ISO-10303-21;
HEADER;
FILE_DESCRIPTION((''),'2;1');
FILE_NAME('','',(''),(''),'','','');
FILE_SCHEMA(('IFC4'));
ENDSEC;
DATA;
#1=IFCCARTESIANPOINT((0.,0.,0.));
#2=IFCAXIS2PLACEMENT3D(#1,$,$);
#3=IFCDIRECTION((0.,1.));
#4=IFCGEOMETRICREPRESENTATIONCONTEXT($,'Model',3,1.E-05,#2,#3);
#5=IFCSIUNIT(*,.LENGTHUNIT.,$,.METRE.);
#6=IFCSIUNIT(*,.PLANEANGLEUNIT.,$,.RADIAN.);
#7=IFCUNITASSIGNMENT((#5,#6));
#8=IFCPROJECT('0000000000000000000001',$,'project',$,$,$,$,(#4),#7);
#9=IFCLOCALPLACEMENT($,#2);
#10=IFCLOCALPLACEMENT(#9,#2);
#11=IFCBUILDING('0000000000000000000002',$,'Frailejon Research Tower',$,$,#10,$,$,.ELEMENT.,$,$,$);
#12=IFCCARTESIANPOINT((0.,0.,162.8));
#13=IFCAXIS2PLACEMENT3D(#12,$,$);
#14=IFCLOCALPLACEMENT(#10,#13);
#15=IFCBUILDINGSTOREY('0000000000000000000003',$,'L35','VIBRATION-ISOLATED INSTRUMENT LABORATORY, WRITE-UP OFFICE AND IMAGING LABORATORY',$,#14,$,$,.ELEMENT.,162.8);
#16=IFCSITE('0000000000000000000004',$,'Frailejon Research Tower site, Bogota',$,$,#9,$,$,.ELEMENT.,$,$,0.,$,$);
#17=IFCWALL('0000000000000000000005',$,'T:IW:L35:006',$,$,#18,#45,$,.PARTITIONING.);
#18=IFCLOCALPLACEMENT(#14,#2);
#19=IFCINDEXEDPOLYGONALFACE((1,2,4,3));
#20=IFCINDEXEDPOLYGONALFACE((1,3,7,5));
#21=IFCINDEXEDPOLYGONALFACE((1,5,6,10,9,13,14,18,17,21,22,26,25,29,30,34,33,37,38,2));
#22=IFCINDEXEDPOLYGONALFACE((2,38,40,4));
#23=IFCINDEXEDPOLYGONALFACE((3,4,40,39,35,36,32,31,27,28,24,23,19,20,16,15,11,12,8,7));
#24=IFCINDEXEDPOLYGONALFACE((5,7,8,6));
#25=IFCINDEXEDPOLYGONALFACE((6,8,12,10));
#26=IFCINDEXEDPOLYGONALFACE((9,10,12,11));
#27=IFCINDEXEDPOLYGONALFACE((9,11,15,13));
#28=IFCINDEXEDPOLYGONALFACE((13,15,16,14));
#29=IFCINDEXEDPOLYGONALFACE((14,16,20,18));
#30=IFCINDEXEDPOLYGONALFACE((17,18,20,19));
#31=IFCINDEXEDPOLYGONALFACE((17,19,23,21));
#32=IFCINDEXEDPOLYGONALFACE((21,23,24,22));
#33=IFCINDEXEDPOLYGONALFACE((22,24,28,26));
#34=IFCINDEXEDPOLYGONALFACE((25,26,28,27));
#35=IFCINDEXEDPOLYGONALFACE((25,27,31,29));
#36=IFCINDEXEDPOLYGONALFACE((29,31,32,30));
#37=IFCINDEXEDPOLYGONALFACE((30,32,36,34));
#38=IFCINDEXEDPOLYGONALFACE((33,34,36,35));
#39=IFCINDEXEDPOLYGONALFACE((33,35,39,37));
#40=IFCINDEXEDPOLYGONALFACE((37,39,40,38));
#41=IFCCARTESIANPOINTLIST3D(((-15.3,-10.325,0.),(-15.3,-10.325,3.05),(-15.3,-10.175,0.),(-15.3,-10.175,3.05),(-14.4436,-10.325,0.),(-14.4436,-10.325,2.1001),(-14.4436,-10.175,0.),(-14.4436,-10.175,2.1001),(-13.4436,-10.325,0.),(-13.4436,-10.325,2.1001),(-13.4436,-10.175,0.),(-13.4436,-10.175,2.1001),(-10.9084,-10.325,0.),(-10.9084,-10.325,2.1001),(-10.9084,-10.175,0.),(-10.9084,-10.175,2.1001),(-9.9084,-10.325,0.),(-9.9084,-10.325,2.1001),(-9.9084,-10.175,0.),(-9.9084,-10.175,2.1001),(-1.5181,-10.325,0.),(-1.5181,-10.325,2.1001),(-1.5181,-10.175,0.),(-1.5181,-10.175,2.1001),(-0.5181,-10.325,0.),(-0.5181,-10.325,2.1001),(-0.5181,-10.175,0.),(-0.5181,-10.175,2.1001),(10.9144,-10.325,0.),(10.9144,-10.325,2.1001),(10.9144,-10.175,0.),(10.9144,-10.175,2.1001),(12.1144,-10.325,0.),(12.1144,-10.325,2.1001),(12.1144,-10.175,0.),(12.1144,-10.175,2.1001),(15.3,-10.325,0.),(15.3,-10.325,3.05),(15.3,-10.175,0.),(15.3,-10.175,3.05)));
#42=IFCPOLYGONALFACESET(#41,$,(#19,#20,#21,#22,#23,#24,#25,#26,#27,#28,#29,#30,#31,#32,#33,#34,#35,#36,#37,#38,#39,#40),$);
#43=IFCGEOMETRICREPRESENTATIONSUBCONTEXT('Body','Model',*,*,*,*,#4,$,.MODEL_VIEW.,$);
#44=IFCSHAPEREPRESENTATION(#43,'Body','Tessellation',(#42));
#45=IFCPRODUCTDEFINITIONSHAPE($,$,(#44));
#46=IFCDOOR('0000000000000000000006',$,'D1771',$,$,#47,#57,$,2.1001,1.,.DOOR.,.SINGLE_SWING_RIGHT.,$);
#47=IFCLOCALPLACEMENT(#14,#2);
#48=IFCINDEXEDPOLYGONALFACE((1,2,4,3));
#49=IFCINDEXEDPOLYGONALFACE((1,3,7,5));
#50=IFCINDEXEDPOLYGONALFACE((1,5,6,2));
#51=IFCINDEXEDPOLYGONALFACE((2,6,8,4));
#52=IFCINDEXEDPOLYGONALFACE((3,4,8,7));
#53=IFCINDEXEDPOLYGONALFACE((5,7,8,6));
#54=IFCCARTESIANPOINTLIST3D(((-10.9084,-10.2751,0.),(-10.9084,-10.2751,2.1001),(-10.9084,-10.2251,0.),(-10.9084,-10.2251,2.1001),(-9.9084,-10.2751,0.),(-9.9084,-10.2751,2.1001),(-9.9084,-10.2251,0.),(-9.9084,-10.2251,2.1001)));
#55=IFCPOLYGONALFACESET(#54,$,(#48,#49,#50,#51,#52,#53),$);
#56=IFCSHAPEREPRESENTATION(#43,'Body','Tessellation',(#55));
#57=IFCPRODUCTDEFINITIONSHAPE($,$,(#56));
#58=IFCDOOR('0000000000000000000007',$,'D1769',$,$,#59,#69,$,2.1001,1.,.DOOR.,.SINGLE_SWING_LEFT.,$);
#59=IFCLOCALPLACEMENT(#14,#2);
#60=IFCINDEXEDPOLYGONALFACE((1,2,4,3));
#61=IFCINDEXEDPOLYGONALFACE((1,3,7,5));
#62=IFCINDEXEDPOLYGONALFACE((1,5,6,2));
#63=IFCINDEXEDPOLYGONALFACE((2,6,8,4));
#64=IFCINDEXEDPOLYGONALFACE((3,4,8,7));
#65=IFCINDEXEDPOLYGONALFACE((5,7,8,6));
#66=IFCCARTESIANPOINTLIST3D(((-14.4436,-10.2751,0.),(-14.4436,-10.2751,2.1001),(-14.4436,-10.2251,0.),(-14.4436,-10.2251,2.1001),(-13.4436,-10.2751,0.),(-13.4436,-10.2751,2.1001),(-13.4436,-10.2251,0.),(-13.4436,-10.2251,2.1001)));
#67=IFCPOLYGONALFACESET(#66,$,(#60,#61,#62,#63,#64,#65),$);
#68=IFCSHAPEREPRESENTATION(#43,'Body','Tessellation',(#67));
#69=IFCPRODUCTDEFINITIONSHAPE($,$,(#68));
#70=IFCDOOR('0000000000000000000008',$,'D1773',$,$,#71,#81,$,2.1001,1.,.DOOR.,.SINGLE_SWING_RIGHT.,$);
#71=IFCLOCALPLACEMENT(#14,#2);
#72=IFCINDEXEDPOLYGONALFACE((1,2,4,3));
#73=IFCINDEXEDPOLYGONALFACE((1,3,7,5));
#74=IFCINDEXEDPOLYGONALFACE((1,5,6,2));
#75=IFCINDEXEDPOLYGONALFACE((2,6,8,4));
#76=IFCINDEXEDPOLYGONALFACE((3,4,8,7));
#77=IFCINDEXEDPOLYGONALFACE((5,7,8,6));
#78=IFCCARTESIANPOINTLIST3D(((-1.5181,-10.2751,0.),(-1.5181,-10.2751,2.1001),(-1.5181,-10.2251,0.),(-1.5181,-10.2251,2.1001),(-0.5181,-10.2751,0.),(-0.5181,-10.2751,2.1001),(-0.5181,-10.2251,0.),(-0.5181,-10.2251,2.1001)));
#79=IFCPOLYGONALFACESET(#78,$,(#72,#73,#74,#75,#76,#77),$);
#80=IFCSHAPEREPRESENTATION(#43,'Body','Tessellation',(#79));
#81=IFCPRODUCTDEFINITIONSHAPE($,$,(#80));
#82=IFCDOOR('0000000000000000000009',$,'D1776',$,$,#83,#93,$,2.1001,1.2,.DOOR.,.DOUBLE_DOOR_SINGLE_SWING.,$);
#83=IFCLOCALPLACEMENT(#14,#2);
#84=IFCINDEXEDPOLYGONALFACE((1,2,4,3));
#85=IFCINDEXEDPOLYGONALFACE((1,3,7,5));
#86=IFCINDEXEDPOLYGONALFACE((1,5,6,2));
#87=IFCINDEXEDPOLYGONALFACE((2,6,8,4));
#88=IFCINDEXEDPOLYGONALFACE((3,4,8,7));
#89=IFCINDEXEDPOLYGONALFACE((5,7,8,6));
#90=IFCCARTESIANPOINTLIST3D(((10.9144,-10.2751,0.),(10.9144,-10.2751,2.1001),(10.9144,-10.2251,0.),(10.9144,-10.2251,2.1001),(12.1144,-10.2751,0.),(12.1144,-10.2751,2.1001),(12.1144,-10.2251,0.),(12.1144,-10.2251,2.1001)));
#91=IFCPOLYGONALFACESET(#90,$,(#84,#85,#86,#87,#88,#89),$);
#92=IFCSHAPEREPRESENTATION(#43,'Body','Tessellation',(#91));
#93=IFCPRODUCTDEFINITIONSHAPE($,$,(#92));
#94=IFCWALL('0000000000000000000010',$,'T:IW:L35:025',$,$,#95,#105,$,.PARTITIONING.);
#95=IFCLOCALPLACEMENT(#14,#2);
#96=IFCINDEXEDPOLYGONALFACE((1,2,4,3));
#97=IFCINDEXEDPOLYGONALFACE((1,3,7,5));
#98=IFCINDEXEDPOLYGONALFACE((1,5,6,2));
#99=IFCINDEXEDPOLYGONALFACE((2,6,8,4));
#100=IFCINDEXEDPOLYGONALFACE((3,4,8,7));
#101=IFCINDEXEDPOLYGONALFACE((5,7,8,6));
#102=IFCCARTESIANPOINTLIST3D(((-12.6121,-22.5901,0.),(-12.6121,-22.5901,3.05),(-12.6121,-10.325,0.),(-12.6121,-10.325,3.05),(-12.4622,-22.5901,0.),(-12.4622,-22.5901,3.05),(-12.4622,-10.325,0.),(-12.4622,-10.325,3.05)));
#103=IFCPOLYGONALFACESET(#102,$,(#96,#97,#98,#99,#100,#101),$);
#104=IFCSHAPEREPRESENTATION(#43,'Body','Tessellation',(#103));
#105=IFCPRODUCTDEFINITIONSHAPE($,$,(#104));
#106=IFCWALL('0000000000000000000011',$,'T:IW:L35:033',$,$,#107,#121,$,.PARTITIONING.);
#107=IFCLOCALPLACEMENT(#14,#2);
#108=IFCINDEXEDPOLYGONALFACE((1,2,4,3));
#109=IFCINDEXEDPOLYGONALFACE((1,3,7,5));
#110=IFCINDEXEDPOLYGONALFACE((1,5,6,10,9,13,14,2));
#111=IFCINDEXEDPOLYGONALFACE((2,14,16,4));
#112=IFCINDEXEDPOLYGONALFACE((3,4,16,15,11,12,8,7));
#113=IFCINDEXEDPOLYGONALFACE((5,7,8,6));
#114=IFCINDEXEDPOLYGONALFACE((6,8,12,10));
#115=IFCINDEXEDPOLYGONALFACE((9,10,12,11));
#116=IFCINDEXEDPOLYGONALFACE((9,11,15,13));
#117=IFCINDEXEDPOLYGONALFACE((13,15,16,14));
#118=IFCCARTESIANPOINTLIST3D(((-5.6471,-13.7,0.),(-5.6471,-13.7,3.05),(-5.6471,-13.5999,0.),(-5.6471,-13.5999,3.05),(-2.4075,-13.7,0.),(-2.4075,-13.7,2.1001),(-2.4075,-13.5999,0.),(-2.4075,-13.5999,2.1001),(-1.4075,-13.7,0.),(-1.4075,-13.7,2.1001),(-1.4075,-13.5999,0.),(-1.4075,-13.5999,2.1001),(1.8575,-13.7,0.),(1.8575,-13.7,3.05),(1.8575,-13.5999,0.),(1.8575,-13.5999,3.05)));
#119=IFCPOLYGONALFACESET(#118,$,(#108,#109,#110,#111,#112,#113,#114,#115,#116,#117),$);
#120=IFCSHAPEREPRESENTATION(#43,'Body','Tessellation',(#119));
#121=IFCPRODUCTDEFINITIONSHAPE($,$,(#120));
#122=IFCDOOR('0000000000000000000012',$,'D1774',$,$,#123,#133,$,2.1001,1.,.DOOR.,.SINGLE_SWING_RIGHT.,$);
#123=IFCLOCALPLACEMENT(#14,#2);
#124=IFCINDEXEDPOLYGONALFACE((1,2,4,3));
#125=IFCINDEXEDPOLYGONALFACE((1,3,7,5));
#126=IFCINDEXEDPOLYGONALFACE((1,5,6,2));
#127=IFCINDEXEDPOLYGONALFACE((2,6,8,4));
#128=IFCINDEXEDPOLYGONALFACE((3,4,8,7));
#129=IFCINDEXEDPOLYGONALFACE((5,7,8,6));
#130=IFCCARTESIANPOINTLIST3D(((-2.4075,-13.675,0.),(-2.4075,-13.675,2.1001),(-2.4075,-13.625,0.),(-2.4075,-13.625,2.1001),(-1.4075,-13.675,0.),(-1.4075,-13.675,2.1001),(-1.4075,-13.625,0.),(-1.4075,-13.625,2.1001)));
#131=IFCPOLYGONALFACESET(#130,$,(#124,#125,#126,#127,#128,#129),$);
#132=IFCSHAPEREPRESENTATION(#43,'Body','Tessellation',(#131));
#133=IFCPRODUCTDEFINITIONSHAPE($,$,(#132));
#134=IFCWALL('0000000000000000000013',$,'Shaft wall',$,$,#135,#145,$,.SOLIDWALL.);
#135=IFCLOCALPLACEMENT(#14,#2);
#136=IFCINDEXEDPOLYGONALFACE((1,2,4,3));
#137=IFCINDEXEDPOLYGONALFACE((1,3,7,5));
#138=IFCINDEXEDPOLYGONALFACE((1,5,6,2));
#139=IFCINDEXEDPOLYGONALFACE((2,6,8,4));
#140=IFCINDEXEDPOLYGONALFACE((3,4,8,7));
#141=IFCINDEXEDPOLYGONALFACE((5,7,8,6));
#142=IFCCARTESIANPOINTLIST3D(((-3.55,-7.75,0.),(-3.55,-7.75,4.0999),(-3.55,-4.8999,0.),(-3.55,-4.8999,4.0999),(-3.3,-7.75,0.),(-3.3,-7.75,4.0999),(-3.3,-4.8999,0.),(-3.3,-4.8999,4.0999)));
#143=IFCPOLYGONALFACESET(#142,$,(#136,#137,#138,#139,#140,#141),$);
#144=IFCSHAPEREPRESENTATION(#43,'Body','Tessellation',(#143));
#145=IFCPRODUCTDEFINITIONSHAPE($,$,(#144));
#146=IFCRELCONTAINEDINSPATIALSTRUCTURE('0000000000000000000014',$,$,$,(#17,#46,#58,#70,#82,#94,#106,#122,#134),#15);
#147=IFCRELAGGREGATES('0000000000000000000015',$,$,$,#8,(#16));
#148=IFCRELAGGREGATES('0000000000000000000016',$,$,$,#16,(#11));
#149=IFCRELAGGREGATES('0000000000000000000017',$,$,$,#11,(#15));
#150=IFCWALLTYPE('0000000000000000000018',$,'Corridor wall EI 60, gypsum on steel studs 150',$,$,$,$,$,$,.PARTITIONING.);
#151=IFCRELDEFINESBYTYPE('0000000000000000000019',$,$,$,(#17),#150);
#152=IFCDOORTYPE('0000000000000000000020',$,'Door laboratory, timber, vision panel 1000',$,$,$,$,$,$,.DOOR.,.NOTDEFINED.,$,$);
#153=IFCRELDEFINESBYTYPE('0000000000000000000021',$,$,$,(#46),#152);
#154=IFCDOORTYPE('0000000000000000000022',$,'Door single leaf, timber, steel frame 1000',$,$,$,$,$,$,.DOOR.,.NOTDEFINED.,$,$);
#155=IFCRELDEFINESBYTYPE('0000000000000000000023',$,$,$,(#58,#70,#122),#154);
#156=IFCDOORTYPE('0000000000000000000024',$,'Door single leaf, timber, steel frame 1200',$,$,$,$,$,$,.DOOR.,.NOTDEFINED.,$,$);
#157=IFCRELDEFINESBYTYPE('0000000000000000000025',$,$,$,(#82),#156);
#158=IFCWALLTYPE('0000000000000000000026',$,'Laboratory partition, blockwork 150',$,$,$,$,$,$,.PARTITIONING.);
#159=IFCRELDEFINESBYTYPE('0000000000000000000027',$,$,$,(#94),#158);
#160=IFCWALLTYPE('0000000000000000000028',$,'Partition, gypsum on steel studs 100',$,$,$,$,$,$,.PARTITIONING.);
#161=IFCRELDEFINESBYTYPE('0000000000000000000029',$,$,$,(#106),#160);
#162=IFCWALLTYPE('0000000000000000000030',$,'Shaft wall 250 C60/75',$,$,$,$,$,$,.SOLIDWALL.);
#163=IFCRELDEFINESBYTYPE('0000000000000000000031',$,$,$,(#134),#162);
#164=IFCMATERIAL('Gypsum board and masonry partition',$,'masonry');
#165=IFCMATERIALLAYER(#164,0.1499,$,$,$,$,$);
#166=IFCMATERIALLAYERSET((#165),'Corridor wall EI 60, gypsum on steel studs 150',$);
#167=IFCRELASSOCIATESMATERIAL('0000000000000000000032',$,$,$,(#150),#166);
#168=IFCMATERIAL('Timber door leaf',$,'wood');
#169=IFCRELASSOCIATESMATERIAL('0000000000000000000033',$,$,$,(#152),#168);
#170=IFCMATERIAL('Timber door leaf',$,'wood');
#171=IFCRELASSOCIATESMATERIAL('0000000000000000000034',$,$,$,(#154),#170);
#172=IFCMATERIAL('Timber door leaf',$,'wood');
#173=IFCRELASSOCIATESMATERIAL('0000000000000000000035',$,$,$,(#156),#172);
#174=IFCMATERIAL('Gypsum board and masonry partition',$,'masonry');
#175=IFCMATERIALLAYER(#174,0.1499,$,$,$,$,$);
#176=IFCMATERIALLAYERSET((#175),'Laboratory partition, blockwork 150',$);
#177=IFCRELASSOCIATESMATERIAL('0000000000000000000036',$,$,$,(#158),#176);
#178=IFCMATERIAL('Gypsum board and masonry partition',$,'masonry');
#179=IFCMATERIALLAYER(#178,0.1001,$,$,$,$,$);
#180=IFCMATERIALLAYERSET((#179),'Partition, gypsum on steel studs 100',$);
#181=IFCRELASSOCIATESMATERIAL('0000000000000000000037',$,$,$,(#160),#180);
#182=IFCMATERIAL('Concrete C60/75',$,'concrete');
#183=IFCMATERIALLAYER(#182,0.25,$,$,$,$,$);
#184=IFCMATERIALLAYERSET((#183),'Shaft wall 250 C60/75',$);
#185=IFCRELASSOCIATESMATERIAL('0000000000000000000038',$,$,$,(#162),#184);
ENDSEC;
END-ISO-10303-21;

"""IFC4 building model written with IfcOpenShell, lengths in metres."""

from ifc_helpers import new_model, si_unit, direction, frame, frame_2d, origin, place, context, subcontext, project, spatial, rectangle, extrude, material, layer, layer_set, type_object, element, fill, save


model = new_model("IFC4")

# Units and contexts
model_context = context("Model", 3, precision=1e-05, world=origin(), true_north=direction((0.0, 1.0)))
body_context = subcontext(model_context, "Body", "Model", "MODEL_VIEW")
ifc_project = project(units=[si_unit("LENGTHUNIT", "METRE"), si_unit("PLANEANGLEUNIT", "RADIAN")], contexts=[model_context])

# Site, building, storey
site_placement = place(None, origin())
site = spatial("IfcSite", under=ifc_project, at=site_placement, Name="Frailejon Research Tower site, Bogota", CompositionType="ELEMENT", RefElevation=0.0)
building_placement = place(site_placement, origin())
building = spatial("IfcBuilding", under=site, at=building_placement, Name="Frailejon Research Tower", CompositionType="ELEMENT")
storey_placement = place(building_placement, frame((0.0, 0.0, 162.8)))
storey = spatial("IfcBuildingStorey", under=building, at=storey_placement, Name="L35", Description="VIBRATION-ISOLATED INSTRUMENT LABORATORY, WRITE-UP OFFICE AND IMAGING LABORATORY", CompositionType="ELEMENT", Elevation=162.8)

# Shared definitions
ifc_material_1 = material(Name="Gypsum board and masonry partition", Category="masonry")
ifc_layer_1 = layer(ifc_material_1, 0.1499)
ifc_layer_set_1 = layer_set([ifc_layer_1], Name="Corridor wall EI 60, gypsum on steel studs 150")
wall_type_1 = type_object("IfcWallType", Name="Corridor wall EI 60, gypsum on steel studs 150", PredefinedType="PARTITIONING", material=ifc_layer_set_1)

# Wall, openings, doors
wall_1_placement = place(storey_placement, frame((-15.3, -10.25, 0.0), z_axis=(0.0, 0.0, 1.0), x_axis=(1.0, 0.0, 0.0)))
wall_1 = element("IfcWall", 1, at=wall_1_placement, inside=storey, type_object=wall_type_1, Name="T:IW:L35:006", PredefinedType="PARTITIONING", context=body_context, shape_type="SweptSolid", body=[
    extrude(rectangle(XDim=30.6001, YDim=0.1499, at=frame_2d((15.3, 0.0))), origin(), (0.0, 0.0, 1.0), 3.05),
])
opening_1_placement = place(wall_1_placement, frame((0.8564, 0.0, 0.0)))
opening_1 = element("IfcOpeningElement", 2, at=opening_1_placement, cuts=wall_1, PredefinedType="OPENING", context=body_context, shape_type="SweptSolid", body=[
    extrude(rectangle(XDim=1.0, YDim=2.1001, at=frame_2d((0.5, 1.05))), frame((0.0, 0.085, 0.0), z_axis=(0.0, -1.0, 0.0), x_axis=(1.0, 0.0, 0.0)), (0.0, 0.0, 1.0), 0.1699),
])
opening_2_placement = place(wall_1_placement, frame((4.3916, 0.0, 0.0)))
opening_2 = element("IfcOpeningElement", 3, at=opening_2_placement, cuts=wall_1, PredefinedType="OPENING", context=body_context, shape_type="SweptSolid", body=[
    extrude(rectangle(XDim=1.0, YDim=2.1001, at=frame_2d((0.5, 1.05))), frame((0.0, 0.085, 0.0), z_axis=(0.0, -1.0, 0.0), x_axis=(1.0, 0.0, 0.0)), (0.0, 0.0, 1.0), 0.1699),
])
opening_3_placement = place(wall_1_placement, frame((13.782, 0.0, 0.0)))
opening_3 = element("IfcOpeningElement", 4, at=opening_3_placement, cuts=wall_1, PredefinedType="OPENING", context=body_context, shape_type="SweptSolid", body=[
    extrude(rectangle(XDim=1.0, YDim=2.1001, at=frame_2d((0.5, 1.05))), frame((0.0, 0.085, 0.0), z_axis=(0.0, -1.0, 0.0), x_axis=(1.0, 0.0, 0.0)), (0.0, 0.0, 1.0), 0.1699),
])
opening_4_placement = place(wall_1_placement, frame((26.2144, 0.0, 0.0)))
opening_4 = element("IfcOpeningElement", 5, at=opening_4_placement, cuts=wall_1, PredefinedType="OPENING", context=body_context, shape_type="SweptSolid", body=[
    extrude(rectangle(XDim=1.2, YDim=2.1001, at=frame_2d((0.6001, 1.05))), frame((0.0, 0.085, 0.0), z_axis=(0.0, -1.0, 0.0), x_axis=(1.0, 0.0, 0.0)), (0.0, 0.0, 1.0), 0.1699),
])
ifc_material_2 = material(Name="Timber door leaf", Category="wood")
door_type_1 = type_object("IfcDoorType", Name="Door laboratory, timber, vision panel 1000", OperationType="NOTDEFINED", PredefinedType="DOOR", material=ifc_material_2)
door_1_placement = place(opening_2_placement, origin())
door_1 = element("IfcDoor", 6, at=door_1_placement, inside=storey, type_object=door_type_1, Name="D1771", OperationType="SINGLE_SWING_RIGHT", OverallHeight=2.1001, OverallWidth=1.0, PredefinedType="DOOR", context=body_context, shape_type="SweptSolid", body=[
    extrude(rectangle(XDim=1.0, YDim=2.1001, at=frame_2d((0.5, 1.05))), frame((0.0, 0.0249, 0.0), z_axis=(0.0, -1.0, 0.0), x_axis=(1.0, 0.0, 0.0)), (0.0, 0.0, 1.0), 0.05),
])
fill(opening_2, door_1)
ifc_material_3 = material(Name="Timber door leaf", Category="wood")
door_type_2 = type_object("IfcDoorType", Name="Door single leaf, timber, steel frame 1000", OperationType="NOTDEFINED", PredefinedType="DOOR", material=ifc_material_3)
door_2_placement = place(opening_1_placement, origin())
door_2 = element("IfcDoor", 7, at=door_2_placement, inside=storey, type_object=door_type_2, Name="D1769", OperationType="SINGLE_SWING_LEFT", OverallHeight=2.1001, OverallWidth=1.0, PredefinedType="DOOR", context=body_context, shape_type="SweptSolid", body=[
    extrude(rectangle(XDim=1.0, YDim=2.1001, at=frame_2d((0.5, 1.05))), frame((0.0, 0.0249, 0.0), z_axis=(0.0, -1.0, 0.0), x_axis=(1.0, 0.0, 0.0)), (0.0, 0.0, 1.0), 0.05),
])
fill(opening_1, door_2)
door_3_placement = place(opening_3_placement, origin())
door_3 = element("IfcDoor", 8, at=door_3_placement, inside=storey, type_object=door_type_2, Name="D1773", OperationType="SINGLE_SWING_RIGHT", OverallHeight=2.1001, OverallWidth=1.0, PredefinedType="DOOR", context=body_context, shape_type="SweptSolid", body=[
    extrude(rectangle(XDim=1.0, YDim=2.1001, at=frame_2d((0.5, 1.05))), frame((0.0, 0.0249, 0.0), z_axis=(0.0, -1.0, 0.0), x_axis=(1.0, 0.0, 0.0)), (0.0, 0.0, 1.0), 0.05),
])
fill(opening_3, door_3)
ifc_material_4 = material(Name="Timber door leaf", Category="wood")
door_type_3 = type_object("IfcDoorType", Name="Door single leaf, timber, steel frame 1200", OperationType="NOTDEFINED", PredefinedType="DOOR", material=ifc_material_4)
door_4_placement = place(opening_4_placement, origin())
door_4 = element("IfcDoor", 9, at=door_4_placement, inside=storey, type_object=door_type_3, Name="D1776", OperationType="DOUBLE_DOOR_SINGLE_SWING", OverallHeight=2.1001, OverallWidth=1.2, PredefinedType="DOOR", context=body_context, shape_type="SweptSolid", body=[
    extrude(rectangle(XDim=1.2, YDim=2.1001, at=frame_2d((0.6001, 1.05))), frame((0.0, 0.0249, 0.0), z_axis=(0.0, -1.0, 0.0), x_axis=(1.0, 0.0, 0.0)), (0.0, 0.0, 1.0), 0.05),
])
fill(opening_4, door_4)

# Wall
ifc_material_5 = material(Name="Gypsum board and masonry partition", Category="masonry")
ifc_layer_2 = layer(ifc_material_5, 0.1499)
ifc_layer_set_2 = layer_set([ifc_layer_2], Name="Laboratory partition, blockwork 150")
wall_type_2 = type_object("IfcWallType", Name="Laboratory partition, blockwork 150", PredefinedType="PARTITIONING", material=ifc_layer_set_2)
wall_2_placement = place(storey_placement, frame((-12.5371, -22.5901, 0.0), z_axis=(0.0, 0.0, 1.0), x_axis=(0.0, 1.0, 0.0)))
element("IfcWall", 10, at=wall_2_placement, inside=storey, type_object=wall_type_2, Name="T:IW:L35:025", PredefinedType="PARTITIONING", context=body_context, shape_type="SweptSolid", body=[
    extrude(rectangle(XDim=12.2651, YDim=0.1499, at=frame_2d((6.1326, 0.0))), origin(), (0.0, 0.0, 1.0), 3.05),
])

# Wall, opening, door
ifc_material_6 = material(Name="Gypsum board and masonry partition", Category="masonry")
ifc_layer_3 = layer(ifc_material_6, 0.1001)
ifc_layer_set_3 = layer_set([ifc_layer_3], Name="Partition, gypsum on steel studs 100")
wall_type_3 = type_object("IfcWallType", Name="Partition, gypsum on steel studs 100", PredefinedType="PARTITIONING", material=ifc_layer_set_3)
wall_3_placement = place(storey_placement, frame((-5.6472, -13.6499, 0.0), z_axis=(0.0, 0.0, 1.0), x_axis=(1.0, 0.0, 0.0)))
wall_3 = element("IfcWall", 11, at=wall_3_placement, inside=storey, type_object=wall_type_3, Name="T:IW:L35:033", PredefinedType="PARTITIONING", context=body_context, shape_type="SweptSolid", body=[
    extrude(rectangle(XDim=7.5046, YDim=0.1001, at=frame_2d((3.7524, 0.0))), origin(), (0.0, 0.0, 1.0), 3.05),
])
opening_5_placement = place(wall_3_placement, frame((3.2397, 0.0, 0.0)))
opening_5 = element("IfcOpeningElement", 12, at=opening_5_placement, cuts=wall_3, PredefinedType="OPENING", context=body_context, shape_type="SweptSolid", body=[
    extrude(rectangle(XDim=1.0, YDim=2.1001, at=frame_2d((0.5, 1.05))), frame((0.0, 0.0601, 0.0), z_axis=(0.0, -1.0, 0.0), x_axis=(1.0, 0.0, 0.0)), (0.0, 0.0, 1.0), 0.1201),
])
door_5_placement = place(opening_5_placement, origin())
door_5 = element("IfcDoor", 13, at=door_5_placement, inside=storey, type_object=door_type_2, Name="D1774", OperationType="SINGLE_SWING_RIGHT", OverallHeight=2.1001, OverallWidth=1.0, PredefinedType="DOOR", context=body_context, shape_type="SweptSolid", body=[
    extrude(rectangle(XDim=1.0, YDim=2.1001, at=frame_2d((0.5, 1.05))), frame((0.0, 0.0249, 0.0), z_axis=(0.0, -1.0, 0.0), x_axis=(1.0, 0.0, 0.0)), (0.0, 0.0, 1.0), 0.05),
])
fill(opening_5, door_5)

# Wall
ifc_material_7 = material(Name="Concrete C60/75", Category="concrete")
ifc_layer_4 = layer(ifc_material_7, 0.25)
ifc_layer_set_4 = layer_set([ifc_layer_4], Name="Shaft wall 250 C60/75")
wall_type_4 = type_object("IfcWallType", Name="Shaft wall 250 C60/75", PredefinedType="SOLIDWALL", material=ifc_layer_set_4)
wall_4_placement = place(storey_placement, frame((-3.425, -7.75, 0.0), z_axis=(0.0, 0.0, 1.0), x_axis=(0.0, 1.0, 0.0)))
element("IfcWall", 14, at=wall_4_placement, inside=storey, type_object=wall_type_4, Name="Shaft wall", PredefinedType="SOLIDWALL", context=body_context, shape_type="SweptSolid", body=[
    extrude(rectangle(XDim=2.8501, YDim=0.25, at=frame_2d((1.425, 0.0))), origin(), (0.0, 0.0, 1.0), 4.0999),
])

save(model, "model.ifc")
